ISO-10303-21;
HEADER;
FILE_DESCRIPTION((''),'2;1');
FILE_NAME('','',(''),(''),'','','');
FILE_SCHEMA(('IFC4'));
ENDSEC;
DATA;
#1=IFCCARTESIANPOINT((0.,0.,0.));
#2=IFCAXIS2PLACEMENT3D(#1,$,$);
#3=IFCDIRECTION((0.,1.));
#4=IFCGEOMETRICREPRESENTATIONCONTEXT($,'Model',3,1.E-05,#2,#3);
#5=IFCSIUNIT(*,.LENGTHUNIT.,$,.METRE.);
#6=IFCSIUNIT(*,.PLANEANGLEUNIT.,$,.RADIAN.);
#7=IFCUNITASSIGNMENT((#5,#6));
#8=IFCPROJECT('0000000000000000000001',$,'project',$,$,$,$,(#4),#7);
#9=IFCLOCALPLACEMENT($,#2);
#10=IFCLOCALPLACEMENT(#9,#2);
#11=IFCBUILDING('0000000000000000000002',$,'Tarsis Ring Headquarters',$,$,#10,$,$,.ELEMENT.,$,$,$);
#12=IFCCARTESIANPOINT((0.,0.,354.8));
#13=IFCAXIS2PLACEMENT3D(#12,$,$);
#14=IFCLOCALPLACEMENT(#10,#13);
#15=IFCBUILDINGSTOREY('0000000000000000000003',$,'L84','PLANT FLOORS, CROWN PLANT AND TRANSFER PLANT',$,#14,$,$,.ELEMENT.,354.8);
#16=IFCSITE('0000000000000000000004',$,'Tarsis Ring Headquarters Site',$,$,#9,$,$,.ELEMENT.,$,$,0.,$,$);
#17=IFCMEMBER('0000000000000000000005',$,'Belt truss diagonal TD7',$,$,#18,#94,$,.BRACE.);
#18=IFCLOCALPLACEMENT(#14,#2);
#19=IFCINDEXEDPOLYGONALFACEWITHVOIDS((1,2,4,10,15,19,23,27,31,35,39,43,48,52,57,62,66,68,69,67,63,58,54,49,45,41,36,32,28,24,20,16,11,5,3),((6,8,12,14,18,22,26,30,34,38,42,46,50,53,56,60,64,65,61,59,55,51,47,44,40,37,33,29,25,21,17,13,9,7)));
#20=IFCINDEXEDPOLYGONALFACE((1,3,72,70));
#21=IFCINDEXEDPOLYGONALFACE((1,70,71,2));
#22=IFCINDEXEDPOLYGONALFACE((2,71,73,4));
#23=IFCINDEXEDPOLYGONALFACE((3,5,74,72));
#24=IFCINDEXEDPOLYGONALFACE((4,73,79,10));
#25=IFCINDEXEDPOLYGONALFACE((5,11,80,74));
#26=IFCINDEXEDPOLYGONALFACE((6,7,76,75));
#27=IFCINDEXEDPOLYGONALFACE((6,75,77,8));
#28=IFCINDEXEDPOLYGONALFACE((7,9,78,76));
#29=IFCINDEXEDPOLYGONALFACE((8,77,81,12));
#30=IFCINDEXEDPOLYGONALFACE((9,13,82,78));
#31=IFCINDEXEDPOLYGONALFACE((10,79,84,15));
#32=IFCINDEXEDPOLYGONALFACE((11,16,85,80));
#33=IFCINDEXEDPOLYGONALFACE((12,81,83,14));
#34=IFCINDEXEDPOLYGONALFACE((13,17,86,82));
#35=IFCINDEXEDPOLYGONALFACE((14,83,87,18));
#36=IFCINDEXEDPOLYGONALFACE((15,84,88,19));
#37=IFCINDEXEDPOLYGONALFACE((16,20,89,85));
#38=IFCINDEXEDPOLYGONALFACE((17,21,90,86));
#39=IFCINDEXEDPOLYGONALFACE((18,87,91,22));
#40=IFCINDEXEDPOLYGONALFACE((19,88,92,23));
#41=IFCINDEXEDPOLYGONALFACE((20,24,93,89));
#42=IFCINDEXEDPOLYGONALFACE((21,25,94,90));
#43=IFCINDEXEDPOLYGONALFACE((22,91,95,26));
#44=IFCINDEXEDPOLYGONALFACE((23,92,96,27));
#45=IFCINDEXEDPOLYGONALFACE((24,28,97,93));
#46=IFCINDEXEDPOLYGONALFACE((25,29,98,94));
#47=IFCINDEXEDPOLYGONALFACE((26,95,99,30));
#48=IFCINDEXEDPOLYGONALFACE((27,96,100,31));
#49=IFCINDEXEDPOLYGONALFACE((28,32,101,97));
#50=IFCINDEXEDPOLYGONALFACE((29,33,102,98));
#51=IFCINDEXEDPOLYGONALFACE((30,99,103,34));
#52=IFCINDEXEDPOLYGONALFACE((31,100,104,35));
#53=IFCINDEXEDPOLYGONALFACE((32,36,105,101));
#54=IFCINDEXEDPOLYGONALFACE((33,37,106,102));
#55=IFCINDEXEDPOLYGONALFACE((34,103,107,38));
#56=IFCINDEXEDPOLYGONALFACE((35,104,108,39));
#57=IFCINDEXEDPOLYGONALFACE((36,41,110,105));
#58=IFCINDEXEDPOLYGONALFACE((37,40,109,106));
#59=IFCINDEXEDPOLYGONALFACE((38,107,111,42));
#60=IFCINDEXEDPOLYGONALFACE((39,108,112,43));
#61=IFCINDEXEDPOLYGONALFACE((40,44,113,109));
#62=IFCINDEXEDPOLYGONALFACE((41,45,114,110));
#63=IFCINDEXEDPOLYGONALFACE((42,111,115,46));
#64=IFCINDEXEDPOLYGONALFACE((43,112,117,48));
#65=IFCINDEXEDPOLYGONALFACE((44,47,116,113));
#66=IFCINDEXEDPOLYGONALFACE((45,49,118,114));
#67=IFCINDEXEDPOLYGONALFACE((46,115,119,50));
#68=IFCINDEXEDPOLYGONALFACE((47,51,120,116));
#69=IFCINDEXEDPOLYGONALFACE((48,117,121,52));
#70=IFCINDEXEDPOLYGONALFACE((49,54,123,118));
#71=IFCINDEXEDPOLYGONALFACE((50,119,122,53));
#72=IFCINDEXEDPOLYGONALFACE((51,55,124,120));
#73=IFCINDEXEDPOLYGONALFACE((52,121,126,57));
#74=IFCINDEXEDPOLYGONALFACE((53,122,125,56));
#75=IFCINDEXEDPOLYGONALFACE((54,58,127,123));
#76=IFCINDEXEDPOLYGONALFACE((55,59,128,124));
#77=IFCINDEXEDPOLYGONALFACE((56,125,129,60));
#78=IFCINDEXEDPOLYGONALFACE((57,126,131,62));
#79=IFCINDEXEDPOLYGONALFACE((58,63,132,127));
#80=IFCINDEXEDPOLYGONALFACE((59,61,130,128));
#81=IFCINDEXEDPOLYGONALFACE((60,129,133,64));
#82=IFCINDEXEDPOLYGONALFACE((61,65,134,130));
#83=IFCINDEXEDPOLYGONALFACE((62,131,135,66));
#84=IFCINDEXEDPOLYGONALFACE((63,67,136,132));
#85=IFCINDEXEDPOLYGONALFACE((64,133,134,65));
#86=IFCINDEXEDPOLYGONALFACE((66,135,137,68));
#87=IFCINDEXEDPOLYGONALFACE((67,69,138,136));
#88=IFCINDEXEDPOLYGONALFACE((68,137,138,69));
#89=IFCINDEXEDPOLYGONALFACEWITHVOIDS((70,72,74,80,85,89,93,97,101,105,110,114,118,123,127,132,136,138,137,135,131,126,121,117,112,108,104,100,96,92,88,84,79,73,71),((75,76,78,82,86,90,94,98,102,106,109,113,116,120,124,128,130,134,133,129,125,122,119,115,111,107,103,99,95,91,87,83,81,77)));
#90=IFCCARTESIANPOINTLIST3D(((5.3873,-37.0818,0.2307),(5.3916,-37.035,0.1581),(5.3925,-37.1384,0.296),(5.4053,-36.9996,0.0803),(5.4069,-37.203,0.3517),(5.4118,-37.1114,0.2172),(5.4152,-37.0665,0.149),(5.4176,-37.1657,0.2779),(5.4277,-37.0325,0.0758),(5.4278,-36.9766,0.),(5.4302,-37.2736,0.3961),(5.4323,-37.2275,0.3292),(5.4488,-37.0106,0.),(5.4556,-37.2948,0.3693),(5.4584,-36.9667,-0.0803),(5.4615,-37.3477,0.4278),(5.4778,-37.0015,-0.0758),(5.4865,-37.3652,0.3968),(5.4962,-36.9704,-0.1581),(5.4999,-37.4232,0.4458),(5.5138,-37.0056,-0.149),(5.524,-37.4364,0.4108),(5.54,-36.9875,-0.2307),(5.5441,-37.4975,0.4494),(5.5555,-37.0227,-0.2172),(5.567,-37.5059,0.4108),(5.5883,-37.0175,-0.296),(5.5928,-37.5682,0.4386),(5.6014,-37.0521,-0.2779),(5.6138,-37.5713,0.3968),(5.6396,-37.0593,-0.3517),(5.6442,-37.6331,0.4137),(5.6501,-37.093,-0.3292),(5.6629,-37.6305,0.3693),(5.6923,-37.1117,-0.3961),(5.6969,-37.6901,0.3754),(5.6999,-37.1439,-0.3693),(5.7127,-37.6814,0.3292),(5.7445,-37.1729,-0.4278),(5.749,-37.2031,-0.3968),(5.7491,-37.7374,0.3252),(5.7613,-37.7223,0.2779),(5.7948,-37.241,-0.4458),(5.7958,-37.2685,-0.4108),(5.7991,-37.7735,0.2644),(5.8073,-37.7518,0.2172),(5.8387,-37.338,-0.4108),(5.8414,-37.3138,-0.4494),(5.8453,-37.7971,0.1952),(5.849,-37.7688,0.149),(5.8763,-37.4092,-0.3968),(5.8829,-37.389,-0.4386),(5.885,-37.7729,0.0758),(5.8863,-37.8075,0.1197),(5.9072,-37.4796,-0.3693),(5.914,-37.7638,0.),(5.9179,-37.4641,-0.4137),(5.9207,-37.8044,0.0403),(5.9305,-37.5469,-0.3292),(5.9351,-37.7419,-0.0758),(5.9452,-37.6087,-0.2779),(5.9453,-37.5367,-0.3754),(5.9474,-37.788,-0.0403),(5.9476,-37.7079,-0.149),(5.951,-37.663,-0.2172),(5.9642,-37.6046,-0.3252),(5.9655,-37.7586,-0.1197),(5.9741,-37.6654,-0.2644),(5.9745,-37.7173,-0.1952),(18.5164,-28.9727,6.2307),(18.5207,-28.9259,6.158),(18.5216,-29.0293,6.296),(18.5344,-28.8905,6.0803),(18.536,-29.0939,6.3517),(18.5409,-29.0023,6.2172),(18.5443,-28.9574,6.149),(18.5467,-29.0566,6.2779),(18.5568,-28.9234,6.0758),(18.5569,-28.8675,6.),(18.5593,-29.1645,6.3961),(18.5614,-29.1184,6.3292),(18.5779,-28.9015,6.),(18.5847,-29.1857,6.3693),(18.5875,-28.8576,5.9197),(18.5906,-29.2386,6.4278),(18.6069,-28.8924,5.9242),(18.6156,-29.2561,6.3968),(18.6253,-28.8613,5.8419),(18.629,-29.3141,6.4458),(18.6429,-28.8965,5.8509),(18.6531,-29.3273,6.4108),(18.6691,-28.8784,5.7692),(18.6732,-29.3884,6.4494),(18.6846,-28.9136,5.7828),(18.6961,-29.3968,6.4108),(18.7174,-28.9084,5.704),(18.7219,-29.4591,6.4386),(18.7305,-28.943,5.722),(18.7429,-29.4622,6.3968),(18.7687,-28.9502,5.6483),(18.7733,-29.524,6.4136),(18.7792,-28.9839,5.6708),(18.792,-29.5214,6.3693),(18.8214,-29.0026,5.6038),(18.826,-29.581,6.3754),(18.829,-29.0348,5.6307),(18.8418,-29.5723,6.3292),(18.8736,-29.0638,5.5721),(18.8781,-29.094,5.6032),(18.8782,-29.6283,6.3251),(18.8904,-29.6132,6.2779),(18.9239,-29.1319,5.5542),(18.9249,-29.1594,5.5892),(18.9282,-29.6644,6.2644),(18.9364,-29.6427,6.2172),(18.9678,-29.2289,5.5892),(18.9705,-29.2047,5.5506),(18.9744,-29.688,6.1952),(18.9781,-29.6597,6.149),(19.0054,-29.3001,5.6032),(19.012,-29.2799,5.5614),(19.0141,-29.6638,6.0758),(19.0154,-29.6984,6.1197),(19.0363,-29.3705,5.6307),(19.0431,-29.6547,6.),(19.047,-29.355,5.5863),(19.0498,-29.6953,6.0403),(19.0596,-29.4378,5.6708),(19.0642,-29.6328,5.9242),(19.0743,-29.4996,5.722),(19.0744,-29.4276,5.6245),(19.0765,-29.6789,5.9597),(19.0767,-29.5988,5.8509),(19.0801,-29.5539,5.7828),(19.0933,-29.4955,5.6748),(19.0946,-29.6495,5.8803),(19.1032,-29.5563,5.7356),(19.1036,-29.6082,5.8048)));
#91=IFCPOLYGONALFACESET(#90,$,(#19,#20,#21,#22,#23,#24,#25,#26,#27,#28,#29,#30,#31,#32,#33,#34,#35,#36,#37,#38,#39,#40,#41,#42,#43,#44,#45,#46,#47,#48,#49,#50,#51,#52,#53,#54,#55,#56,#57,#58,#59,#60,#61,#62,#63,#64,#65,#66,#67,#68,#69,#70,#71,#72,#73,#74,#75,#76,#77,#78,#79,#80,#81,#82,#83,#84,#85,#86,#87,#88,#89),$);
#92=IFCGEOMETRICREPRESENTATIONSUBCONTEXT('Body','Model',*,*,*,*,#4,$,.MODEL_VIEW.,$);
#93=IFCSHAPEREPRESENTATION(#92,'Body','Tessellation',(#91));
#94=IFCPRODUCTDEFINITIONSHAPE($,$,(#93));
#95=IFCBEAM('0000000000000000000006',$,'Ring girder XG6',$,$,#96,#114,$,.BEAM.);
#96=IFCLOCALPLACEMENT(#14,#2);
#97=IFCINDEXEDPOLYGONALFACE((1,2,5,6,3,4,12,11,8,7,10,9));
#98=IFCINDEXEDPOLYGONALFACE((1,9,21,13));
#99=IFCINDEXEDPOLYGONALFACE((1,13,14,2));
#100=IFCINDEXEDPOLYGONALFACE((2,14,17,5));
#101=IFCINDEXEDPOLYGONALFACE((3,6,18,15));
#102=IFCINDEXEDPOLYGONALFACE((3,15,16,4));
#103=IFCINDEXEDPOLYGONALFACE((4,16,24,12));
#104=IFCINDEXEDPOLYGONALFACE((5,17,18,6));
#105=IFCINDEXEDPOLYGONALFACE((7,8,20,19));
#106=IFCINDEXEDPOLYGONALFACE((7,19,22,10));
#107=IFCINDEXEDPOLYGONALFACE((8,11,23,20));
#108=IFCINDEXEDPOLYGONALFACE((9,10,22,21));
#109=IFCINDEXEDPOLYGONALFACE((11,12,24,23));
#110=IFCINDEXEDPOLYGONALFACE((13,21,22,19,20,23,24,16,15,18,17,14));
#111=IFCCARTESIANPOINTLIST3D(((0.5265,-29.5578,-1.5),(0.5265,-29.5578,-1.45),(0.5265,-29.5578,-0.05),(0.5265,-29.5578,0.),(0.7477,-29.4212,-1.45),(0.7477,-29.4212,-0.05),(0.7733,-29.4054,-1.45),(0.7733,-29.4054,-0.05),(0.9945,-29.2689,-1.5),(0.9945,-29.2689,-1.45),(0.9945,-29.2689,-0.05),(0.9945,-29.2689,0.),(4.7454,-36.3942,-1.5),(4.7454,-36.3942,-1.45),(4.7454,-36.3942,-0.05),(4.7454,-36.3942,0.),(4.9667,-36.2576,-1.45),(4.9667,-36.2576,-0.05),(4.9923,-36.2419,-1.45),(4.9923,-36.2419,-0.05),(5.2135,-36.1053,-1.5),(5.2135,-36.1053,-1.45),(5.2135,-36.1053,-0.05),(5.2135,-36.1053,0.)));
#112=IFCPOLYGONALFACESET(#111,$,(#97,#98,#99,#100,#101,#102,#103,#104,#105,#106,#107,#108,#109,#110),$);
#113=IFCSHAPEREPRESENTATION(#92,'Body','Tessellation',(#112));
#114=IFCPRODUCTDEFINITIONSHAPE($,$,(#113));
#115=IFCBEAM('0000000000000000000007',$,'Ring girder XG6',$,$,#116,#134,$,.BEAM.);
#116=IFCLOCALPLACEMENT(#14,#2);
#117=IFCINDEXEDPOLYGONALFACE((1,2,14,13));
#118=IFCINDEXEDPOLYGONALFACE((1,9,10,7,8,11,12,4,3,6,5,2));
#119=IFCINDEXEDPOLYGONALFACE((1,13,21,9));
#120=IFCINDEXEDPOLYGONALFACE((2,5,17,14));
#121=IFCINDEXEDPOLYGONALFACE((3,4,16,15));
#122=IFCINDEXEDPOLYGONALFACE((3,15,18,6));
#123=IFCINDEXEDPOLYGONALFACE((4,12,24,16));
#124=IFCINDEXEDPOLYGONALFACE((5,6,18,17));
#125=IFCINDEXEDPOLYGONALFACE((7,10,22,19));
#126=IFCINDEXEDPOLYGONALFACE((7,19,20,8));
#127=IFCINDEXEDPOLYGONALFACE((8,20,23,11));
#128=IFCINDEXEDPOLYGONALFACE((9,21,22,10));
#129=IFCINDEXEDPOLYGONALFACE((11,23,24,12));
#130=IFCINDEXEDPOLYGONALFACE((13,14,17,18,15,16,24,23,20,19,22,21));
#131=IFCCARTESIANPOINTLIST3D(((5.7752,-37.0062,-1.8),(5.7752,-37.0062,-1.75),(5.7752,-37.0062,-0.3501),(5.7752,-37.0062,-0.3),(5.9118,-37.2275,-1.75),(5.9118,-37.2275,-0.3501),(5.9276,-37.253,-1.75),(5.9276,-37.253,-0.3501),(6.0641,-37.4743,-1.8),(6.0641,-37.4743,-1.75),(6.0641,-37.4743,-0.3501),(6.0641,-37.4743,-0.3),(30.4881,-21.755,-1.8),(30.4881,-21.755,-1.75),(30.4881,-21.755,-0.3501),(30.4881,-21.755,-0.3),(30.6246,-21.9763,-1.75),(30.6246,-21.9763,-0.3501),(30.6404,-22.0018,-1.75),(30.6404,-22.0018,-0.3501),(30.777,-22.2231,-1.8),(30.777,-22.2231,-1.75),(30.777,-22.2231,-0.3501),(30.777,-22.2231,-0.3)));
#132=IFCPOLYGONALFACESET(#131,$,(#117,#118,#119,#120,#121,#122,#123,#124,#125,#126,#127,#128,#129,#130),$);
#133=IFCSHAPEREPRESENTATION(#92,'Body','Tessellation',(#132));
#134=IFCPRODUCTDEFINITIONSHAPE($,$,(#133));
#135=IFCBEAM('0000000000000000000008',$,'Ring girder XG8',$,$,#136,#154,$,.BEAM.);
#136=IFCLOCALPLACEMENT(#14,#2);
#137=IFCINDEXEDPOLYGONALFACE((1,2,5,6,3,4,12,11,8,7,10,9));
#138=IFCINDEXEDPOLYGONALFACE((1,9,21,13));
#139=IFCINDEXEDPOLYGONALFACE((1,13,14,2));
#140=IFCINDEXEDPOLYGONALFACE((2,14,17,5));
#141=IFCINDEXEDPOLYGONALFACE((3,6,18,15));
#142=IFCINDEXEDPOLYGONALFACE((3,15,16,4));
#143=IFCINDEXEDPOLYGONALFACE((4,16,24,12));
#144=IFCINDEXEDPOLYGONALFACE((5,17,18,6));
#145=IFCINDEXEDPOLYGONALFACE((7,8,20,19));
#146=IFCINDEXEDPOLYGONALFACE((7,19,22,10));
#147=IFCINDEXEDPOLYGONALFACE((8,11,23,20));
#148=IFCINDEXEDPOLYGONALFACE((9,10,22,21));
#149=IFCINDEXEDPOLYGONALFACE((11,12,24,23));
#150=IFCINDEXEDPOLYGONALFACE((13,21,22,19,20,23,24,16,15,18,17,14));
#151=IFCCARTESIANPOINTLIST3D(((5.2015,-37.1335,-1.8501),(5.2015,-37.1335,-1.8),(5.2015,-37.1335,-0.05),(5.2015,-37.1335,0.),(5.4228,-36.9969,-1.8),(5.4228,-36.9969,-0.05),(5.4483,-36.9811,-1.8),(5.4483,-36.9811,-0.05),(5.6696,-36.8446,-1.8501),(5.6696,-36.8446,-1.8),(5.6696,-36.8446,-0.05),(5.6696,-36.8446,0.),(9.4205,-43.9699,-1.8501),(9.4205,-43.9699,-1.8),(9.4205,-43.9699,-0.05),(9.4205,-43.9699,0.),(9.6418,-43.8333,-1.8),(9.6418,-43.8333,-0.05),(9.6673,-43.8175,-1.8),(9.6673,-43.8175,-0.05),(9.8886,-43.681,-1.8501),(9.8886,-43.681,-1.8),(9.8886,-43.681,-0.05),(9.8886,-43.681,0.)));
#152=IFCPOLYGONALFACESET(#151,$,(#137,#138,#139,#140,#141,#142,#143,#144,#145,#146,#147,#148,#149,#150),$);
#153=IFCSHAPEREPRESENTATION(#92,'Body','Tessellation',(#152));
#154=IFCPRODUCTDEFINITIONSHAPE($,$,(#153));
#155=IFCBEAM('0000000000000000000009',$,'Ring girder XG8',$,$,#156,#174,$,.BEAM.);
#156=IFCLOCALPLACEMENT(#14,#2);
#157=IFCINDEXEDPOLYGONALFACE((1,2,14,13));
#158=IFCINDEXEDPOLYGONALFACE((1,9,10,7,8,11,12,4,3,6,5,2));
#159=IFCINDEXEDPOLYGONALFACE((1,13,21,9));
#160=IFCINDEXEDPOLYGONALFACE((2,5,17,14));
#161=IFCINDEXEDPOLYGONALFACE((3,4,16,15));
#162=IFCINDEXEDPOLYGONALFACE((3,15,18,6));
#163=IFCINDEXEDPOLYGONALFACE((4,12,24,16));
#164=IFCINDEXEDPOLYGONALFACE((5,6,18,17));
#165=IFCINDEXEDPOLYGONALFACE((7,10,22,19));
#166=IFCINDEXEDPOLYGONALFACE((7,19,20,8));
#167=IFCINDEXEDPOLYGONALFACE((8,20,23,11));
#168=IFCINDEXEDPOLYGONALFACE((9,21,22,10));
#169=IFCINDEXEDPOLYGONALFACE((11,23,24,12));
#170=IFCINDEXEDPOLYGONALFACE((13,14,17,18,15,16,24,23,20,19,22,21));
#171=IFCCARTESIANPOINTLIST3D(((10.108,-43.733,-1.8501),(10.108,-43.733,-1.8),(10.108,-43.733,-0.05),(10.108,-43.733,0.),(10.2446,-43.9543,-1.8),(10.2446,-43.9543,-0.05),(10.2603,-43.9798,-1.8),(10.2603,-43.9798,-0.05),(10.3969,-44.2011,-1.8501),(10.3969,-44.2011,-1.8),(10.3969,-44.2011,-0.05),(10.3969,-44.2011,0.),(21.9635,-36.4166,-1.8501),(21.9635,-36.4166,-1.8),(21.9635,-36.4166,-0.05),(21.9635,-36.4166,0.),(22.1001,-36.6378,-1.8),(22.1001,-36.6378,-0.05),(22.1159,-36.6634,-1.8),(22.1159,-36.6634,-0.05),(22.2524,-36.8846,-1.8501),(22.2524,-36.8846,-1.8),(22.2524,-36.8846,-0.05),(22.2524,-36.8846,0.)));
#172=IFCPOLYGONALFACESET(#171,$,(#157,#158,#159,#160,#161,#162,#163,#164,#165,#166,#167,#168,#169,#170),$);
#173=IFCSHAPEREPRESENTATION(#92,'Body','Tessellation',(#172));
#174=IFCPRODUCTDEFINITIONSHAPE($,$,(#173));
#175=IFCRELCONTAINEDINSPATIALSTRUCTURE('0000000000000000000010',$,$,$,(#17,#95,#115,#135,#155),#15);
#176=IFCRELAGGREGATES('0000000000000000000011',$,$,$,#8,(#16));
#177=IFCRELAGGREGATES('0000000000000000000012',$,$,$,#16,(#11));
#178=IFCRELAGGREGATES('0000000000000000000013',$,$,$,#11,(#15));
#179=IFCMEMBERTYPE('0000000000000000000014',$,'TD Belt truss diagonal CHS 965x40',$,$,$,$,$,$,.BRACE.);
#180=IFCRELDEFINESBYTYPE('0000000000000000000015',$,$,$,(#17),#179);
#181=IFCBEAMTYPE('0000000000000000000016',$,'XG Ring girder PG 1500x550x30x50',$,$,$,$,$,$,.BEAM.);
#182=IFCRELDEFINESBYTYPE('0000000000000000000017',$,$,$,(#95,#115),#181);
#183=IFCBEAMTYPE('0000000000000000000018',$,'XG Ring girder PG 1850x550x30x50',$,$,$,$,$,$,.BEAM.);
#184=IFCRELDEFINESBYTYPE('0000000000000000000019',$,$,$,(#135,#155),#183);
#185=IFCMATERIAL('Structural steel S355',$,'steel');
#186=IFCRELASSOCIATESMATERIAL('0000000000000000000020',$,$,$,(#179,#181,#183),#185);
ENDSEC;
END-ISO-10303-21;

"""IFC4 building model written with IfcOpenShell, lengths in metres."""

from ifc_helpers import new_model, si_unit, direction, frame, origin, origin_2d, place, context, subcontext, project, spatial, hollow_circle, i_section, extrude, material, material_profile, profile_set, type_object, element, save


model = new_model("IFC4")

# Units and contexts
model_context = context("Model", 3, precision=1e-05, world=origin(), true_north=direction((0.0, 1.0)))
body_context = subcontext(model_context, "Body", "Model", "MODEL_VIEW")
ifc_project = project(units=[si_unit("LENGTHUNIT", "METRE"), si_unit("PLANEANGLEUNIT", "RADIAN")], contexts=[model_context])

# Site, building, storey
site_placement = place(None, origin())
site = spatial("IfcSite", under=ifc_project, at=site_placement, Name="Tarsis Ring Headquarters Site", CompositionType="ELEMENT", RefElevation=0.0)
building_placement = place(site_placement, origin())
building = spatial("IfcBuilding", under=site, at=building_placement, Name="Tarsis Ring Headquarters", CompositionType="ELEMENT")
storey_placement = place(building_placement, frame((0.0, 0.0, 354.8)))
storey = spatial("IfcBuildingStorey", under=building, at=storey_placement, Name="L84", Description="PLANT FLOORS, CROWN PLANT AND TRANSFER PLANT", CompositionType="ELEMENT", Elevation=354.8)

# Shared definitions
ifc_material_1 = material(Name="Structural steel S355", Category="steel")
ifc_material_profile_1 = material_profile(ifc_material_1, hollow_circle(Radius=0.4827, WallThickness=0.04, at=origin_2d()), Name="CHS 965x40")
ifc_profile_set_1 = profile_set([ifc_material_profile_1], Name="Structural steel S355")

# Member
member_type = type_object("IfcMemberType", Name="TD Belt truss diagonal CHS 965x40", PredefinedType="BRACE", material=ifc_profile_set_1)
member_1_placement = place(storey_placement, frame((5.6814, -37.3872, 0.0), z_axis=(0.792969, 0.489772, 0.362386), x_axis=(-0.525491, 0.850799, 0.0)))
element("IfcMember", 1, at=member_1_placement, inside=storey, type_object=member_type, Name="Belt truss diagonal TD7", PredefinedType="BRACE", context=body_context, shape_type="SweptSolid", body=[
    extrude(hollow_circle(Radius=0.4827, WallThickness=0.04, at=origin_2d()), origin(), (0.0, 0.0, 1.0), 16.5569),
])

# Beams
ifc_material_profile_2 = material_profile(ifc_material_1, i_section(OverallWidth=0.55, OverallDepth=1.5, WebThickness=0.03, FlangeThickness=0.05, at=origin_2d()), Name="PG 1500x550x30x50")
ifc_profile_set_2 = profile_set([ifc_material_profile_2], Name="Structural steel S355")
beam_type_1 = type_object("IfcBeamType", Name="XG Ring girder PG 1500x550x30x50", PredefinedType="BEAM", material=ifc_profile_set_2)
beam_1_placement = place(storey_placement, frame((0.7605, -29.4133, -0.75), z_axis=(0.525177, -0.850993, 0.0), x_axis=(0.850993, 0.525177, 0.0)))
element("IfcBeam", 2, at=beam_1_placement, inside=storey, type_object=beam_type_1, Name="Ring girder XG6", PredefinedType="BEAM", context=body_context, shape_type="SweptSolid", body=[
    extrude(i_section(OverallWidth=0.55, OverallDepth=1.5, WebThickness=0.03, FlangeThickness=0.05, at=origin_2d()), origin(), (0.0, 0.0, 1.0), 8.0334),
])
beam_2_placement = place(storey_placement, frame((5.9197, -37.2402, -1.05), z_axis=(0.850992, 0.525178, 0.0), x_axis=(-0.525178, 0.850992, 0.0)))
element("IfcBeam", 3, at=beam_2_placement, inside=storey, type_object=beam_type_1, Name="Ring girder XG6", PredefinedType="BEAM", context=body_context, shape_type="SweptSolid", body=[
    extrude(i_section(OverallWidth=0.55, OverallDepth=1.5, WebThickness=0.03, FlangeThickness=0.05, at=origin_2d()), origin(), (0.0, 0.0, 1.0), 29.04),
])
ifc_material_profile_3 = material_profile(ifc_material_1, i_section(OverallWidth=0.55, OverallDepth=1.8501, WebThickness=0.03, FlangeThickness=0.05, at=origin_2d()), Name="PG 1850x550x30x50")
ifc_profile_set_3 = profile_set([ifc_material_profile_3], Name="Structural steel S355")
beam_type_2 = type_object("IfcBeamType", Name="XG Ring girder PG 1850x550x30x50", PredefinedType="BEAM", material=ifc_profile_set_3)
beam_3_placement = place(storey_placement, frame((5.4355, -36.989, -0.925), z_axis=(0.525177, -0.850993, 0.0), x_axis=(0.850993, 0.525177, 0.0)))
element("IfcBeam", 4, at=beam_3_placement, inside=storey, type_object=beam_type_2, Name="Ring girder XG8", PredefinedType="BEAM", context=body_context, shape_type="SweptSolid", body=[
    extrude(i_section(OverallWidth=0.55, OverallDepth=1.8501, WebThickness=0.03, FlangeThickness=0.05, at=origin_2d()), origin(), (0.0, 0.0, 1.0), 8.0334),
])
beam_4_placement = place(storey_placement, frame((10.2524, -43.967, -0.925), z_axis=(0.850993, 0.525176, 0.0), x_axis=(-0.525176, 0.850993, 0.0)))
element("IfcBeam", 5, at=beam_4_placement, inside=storey, type_object=beam_type_2, Name="Ring girder XG8", PredefinedType="BEAM", context=body_context, shape_type="SweptSolid", body=[
    extrude(i_section(OverallWidth=0.55, OverallDepth=1.8501, WebThickness=0.03, FlangeThickness=0.05, at=origin_2d()), origin(), (0.0, 0.0, 1.0), 13.9314),
])

save(model, "model.ifc")
